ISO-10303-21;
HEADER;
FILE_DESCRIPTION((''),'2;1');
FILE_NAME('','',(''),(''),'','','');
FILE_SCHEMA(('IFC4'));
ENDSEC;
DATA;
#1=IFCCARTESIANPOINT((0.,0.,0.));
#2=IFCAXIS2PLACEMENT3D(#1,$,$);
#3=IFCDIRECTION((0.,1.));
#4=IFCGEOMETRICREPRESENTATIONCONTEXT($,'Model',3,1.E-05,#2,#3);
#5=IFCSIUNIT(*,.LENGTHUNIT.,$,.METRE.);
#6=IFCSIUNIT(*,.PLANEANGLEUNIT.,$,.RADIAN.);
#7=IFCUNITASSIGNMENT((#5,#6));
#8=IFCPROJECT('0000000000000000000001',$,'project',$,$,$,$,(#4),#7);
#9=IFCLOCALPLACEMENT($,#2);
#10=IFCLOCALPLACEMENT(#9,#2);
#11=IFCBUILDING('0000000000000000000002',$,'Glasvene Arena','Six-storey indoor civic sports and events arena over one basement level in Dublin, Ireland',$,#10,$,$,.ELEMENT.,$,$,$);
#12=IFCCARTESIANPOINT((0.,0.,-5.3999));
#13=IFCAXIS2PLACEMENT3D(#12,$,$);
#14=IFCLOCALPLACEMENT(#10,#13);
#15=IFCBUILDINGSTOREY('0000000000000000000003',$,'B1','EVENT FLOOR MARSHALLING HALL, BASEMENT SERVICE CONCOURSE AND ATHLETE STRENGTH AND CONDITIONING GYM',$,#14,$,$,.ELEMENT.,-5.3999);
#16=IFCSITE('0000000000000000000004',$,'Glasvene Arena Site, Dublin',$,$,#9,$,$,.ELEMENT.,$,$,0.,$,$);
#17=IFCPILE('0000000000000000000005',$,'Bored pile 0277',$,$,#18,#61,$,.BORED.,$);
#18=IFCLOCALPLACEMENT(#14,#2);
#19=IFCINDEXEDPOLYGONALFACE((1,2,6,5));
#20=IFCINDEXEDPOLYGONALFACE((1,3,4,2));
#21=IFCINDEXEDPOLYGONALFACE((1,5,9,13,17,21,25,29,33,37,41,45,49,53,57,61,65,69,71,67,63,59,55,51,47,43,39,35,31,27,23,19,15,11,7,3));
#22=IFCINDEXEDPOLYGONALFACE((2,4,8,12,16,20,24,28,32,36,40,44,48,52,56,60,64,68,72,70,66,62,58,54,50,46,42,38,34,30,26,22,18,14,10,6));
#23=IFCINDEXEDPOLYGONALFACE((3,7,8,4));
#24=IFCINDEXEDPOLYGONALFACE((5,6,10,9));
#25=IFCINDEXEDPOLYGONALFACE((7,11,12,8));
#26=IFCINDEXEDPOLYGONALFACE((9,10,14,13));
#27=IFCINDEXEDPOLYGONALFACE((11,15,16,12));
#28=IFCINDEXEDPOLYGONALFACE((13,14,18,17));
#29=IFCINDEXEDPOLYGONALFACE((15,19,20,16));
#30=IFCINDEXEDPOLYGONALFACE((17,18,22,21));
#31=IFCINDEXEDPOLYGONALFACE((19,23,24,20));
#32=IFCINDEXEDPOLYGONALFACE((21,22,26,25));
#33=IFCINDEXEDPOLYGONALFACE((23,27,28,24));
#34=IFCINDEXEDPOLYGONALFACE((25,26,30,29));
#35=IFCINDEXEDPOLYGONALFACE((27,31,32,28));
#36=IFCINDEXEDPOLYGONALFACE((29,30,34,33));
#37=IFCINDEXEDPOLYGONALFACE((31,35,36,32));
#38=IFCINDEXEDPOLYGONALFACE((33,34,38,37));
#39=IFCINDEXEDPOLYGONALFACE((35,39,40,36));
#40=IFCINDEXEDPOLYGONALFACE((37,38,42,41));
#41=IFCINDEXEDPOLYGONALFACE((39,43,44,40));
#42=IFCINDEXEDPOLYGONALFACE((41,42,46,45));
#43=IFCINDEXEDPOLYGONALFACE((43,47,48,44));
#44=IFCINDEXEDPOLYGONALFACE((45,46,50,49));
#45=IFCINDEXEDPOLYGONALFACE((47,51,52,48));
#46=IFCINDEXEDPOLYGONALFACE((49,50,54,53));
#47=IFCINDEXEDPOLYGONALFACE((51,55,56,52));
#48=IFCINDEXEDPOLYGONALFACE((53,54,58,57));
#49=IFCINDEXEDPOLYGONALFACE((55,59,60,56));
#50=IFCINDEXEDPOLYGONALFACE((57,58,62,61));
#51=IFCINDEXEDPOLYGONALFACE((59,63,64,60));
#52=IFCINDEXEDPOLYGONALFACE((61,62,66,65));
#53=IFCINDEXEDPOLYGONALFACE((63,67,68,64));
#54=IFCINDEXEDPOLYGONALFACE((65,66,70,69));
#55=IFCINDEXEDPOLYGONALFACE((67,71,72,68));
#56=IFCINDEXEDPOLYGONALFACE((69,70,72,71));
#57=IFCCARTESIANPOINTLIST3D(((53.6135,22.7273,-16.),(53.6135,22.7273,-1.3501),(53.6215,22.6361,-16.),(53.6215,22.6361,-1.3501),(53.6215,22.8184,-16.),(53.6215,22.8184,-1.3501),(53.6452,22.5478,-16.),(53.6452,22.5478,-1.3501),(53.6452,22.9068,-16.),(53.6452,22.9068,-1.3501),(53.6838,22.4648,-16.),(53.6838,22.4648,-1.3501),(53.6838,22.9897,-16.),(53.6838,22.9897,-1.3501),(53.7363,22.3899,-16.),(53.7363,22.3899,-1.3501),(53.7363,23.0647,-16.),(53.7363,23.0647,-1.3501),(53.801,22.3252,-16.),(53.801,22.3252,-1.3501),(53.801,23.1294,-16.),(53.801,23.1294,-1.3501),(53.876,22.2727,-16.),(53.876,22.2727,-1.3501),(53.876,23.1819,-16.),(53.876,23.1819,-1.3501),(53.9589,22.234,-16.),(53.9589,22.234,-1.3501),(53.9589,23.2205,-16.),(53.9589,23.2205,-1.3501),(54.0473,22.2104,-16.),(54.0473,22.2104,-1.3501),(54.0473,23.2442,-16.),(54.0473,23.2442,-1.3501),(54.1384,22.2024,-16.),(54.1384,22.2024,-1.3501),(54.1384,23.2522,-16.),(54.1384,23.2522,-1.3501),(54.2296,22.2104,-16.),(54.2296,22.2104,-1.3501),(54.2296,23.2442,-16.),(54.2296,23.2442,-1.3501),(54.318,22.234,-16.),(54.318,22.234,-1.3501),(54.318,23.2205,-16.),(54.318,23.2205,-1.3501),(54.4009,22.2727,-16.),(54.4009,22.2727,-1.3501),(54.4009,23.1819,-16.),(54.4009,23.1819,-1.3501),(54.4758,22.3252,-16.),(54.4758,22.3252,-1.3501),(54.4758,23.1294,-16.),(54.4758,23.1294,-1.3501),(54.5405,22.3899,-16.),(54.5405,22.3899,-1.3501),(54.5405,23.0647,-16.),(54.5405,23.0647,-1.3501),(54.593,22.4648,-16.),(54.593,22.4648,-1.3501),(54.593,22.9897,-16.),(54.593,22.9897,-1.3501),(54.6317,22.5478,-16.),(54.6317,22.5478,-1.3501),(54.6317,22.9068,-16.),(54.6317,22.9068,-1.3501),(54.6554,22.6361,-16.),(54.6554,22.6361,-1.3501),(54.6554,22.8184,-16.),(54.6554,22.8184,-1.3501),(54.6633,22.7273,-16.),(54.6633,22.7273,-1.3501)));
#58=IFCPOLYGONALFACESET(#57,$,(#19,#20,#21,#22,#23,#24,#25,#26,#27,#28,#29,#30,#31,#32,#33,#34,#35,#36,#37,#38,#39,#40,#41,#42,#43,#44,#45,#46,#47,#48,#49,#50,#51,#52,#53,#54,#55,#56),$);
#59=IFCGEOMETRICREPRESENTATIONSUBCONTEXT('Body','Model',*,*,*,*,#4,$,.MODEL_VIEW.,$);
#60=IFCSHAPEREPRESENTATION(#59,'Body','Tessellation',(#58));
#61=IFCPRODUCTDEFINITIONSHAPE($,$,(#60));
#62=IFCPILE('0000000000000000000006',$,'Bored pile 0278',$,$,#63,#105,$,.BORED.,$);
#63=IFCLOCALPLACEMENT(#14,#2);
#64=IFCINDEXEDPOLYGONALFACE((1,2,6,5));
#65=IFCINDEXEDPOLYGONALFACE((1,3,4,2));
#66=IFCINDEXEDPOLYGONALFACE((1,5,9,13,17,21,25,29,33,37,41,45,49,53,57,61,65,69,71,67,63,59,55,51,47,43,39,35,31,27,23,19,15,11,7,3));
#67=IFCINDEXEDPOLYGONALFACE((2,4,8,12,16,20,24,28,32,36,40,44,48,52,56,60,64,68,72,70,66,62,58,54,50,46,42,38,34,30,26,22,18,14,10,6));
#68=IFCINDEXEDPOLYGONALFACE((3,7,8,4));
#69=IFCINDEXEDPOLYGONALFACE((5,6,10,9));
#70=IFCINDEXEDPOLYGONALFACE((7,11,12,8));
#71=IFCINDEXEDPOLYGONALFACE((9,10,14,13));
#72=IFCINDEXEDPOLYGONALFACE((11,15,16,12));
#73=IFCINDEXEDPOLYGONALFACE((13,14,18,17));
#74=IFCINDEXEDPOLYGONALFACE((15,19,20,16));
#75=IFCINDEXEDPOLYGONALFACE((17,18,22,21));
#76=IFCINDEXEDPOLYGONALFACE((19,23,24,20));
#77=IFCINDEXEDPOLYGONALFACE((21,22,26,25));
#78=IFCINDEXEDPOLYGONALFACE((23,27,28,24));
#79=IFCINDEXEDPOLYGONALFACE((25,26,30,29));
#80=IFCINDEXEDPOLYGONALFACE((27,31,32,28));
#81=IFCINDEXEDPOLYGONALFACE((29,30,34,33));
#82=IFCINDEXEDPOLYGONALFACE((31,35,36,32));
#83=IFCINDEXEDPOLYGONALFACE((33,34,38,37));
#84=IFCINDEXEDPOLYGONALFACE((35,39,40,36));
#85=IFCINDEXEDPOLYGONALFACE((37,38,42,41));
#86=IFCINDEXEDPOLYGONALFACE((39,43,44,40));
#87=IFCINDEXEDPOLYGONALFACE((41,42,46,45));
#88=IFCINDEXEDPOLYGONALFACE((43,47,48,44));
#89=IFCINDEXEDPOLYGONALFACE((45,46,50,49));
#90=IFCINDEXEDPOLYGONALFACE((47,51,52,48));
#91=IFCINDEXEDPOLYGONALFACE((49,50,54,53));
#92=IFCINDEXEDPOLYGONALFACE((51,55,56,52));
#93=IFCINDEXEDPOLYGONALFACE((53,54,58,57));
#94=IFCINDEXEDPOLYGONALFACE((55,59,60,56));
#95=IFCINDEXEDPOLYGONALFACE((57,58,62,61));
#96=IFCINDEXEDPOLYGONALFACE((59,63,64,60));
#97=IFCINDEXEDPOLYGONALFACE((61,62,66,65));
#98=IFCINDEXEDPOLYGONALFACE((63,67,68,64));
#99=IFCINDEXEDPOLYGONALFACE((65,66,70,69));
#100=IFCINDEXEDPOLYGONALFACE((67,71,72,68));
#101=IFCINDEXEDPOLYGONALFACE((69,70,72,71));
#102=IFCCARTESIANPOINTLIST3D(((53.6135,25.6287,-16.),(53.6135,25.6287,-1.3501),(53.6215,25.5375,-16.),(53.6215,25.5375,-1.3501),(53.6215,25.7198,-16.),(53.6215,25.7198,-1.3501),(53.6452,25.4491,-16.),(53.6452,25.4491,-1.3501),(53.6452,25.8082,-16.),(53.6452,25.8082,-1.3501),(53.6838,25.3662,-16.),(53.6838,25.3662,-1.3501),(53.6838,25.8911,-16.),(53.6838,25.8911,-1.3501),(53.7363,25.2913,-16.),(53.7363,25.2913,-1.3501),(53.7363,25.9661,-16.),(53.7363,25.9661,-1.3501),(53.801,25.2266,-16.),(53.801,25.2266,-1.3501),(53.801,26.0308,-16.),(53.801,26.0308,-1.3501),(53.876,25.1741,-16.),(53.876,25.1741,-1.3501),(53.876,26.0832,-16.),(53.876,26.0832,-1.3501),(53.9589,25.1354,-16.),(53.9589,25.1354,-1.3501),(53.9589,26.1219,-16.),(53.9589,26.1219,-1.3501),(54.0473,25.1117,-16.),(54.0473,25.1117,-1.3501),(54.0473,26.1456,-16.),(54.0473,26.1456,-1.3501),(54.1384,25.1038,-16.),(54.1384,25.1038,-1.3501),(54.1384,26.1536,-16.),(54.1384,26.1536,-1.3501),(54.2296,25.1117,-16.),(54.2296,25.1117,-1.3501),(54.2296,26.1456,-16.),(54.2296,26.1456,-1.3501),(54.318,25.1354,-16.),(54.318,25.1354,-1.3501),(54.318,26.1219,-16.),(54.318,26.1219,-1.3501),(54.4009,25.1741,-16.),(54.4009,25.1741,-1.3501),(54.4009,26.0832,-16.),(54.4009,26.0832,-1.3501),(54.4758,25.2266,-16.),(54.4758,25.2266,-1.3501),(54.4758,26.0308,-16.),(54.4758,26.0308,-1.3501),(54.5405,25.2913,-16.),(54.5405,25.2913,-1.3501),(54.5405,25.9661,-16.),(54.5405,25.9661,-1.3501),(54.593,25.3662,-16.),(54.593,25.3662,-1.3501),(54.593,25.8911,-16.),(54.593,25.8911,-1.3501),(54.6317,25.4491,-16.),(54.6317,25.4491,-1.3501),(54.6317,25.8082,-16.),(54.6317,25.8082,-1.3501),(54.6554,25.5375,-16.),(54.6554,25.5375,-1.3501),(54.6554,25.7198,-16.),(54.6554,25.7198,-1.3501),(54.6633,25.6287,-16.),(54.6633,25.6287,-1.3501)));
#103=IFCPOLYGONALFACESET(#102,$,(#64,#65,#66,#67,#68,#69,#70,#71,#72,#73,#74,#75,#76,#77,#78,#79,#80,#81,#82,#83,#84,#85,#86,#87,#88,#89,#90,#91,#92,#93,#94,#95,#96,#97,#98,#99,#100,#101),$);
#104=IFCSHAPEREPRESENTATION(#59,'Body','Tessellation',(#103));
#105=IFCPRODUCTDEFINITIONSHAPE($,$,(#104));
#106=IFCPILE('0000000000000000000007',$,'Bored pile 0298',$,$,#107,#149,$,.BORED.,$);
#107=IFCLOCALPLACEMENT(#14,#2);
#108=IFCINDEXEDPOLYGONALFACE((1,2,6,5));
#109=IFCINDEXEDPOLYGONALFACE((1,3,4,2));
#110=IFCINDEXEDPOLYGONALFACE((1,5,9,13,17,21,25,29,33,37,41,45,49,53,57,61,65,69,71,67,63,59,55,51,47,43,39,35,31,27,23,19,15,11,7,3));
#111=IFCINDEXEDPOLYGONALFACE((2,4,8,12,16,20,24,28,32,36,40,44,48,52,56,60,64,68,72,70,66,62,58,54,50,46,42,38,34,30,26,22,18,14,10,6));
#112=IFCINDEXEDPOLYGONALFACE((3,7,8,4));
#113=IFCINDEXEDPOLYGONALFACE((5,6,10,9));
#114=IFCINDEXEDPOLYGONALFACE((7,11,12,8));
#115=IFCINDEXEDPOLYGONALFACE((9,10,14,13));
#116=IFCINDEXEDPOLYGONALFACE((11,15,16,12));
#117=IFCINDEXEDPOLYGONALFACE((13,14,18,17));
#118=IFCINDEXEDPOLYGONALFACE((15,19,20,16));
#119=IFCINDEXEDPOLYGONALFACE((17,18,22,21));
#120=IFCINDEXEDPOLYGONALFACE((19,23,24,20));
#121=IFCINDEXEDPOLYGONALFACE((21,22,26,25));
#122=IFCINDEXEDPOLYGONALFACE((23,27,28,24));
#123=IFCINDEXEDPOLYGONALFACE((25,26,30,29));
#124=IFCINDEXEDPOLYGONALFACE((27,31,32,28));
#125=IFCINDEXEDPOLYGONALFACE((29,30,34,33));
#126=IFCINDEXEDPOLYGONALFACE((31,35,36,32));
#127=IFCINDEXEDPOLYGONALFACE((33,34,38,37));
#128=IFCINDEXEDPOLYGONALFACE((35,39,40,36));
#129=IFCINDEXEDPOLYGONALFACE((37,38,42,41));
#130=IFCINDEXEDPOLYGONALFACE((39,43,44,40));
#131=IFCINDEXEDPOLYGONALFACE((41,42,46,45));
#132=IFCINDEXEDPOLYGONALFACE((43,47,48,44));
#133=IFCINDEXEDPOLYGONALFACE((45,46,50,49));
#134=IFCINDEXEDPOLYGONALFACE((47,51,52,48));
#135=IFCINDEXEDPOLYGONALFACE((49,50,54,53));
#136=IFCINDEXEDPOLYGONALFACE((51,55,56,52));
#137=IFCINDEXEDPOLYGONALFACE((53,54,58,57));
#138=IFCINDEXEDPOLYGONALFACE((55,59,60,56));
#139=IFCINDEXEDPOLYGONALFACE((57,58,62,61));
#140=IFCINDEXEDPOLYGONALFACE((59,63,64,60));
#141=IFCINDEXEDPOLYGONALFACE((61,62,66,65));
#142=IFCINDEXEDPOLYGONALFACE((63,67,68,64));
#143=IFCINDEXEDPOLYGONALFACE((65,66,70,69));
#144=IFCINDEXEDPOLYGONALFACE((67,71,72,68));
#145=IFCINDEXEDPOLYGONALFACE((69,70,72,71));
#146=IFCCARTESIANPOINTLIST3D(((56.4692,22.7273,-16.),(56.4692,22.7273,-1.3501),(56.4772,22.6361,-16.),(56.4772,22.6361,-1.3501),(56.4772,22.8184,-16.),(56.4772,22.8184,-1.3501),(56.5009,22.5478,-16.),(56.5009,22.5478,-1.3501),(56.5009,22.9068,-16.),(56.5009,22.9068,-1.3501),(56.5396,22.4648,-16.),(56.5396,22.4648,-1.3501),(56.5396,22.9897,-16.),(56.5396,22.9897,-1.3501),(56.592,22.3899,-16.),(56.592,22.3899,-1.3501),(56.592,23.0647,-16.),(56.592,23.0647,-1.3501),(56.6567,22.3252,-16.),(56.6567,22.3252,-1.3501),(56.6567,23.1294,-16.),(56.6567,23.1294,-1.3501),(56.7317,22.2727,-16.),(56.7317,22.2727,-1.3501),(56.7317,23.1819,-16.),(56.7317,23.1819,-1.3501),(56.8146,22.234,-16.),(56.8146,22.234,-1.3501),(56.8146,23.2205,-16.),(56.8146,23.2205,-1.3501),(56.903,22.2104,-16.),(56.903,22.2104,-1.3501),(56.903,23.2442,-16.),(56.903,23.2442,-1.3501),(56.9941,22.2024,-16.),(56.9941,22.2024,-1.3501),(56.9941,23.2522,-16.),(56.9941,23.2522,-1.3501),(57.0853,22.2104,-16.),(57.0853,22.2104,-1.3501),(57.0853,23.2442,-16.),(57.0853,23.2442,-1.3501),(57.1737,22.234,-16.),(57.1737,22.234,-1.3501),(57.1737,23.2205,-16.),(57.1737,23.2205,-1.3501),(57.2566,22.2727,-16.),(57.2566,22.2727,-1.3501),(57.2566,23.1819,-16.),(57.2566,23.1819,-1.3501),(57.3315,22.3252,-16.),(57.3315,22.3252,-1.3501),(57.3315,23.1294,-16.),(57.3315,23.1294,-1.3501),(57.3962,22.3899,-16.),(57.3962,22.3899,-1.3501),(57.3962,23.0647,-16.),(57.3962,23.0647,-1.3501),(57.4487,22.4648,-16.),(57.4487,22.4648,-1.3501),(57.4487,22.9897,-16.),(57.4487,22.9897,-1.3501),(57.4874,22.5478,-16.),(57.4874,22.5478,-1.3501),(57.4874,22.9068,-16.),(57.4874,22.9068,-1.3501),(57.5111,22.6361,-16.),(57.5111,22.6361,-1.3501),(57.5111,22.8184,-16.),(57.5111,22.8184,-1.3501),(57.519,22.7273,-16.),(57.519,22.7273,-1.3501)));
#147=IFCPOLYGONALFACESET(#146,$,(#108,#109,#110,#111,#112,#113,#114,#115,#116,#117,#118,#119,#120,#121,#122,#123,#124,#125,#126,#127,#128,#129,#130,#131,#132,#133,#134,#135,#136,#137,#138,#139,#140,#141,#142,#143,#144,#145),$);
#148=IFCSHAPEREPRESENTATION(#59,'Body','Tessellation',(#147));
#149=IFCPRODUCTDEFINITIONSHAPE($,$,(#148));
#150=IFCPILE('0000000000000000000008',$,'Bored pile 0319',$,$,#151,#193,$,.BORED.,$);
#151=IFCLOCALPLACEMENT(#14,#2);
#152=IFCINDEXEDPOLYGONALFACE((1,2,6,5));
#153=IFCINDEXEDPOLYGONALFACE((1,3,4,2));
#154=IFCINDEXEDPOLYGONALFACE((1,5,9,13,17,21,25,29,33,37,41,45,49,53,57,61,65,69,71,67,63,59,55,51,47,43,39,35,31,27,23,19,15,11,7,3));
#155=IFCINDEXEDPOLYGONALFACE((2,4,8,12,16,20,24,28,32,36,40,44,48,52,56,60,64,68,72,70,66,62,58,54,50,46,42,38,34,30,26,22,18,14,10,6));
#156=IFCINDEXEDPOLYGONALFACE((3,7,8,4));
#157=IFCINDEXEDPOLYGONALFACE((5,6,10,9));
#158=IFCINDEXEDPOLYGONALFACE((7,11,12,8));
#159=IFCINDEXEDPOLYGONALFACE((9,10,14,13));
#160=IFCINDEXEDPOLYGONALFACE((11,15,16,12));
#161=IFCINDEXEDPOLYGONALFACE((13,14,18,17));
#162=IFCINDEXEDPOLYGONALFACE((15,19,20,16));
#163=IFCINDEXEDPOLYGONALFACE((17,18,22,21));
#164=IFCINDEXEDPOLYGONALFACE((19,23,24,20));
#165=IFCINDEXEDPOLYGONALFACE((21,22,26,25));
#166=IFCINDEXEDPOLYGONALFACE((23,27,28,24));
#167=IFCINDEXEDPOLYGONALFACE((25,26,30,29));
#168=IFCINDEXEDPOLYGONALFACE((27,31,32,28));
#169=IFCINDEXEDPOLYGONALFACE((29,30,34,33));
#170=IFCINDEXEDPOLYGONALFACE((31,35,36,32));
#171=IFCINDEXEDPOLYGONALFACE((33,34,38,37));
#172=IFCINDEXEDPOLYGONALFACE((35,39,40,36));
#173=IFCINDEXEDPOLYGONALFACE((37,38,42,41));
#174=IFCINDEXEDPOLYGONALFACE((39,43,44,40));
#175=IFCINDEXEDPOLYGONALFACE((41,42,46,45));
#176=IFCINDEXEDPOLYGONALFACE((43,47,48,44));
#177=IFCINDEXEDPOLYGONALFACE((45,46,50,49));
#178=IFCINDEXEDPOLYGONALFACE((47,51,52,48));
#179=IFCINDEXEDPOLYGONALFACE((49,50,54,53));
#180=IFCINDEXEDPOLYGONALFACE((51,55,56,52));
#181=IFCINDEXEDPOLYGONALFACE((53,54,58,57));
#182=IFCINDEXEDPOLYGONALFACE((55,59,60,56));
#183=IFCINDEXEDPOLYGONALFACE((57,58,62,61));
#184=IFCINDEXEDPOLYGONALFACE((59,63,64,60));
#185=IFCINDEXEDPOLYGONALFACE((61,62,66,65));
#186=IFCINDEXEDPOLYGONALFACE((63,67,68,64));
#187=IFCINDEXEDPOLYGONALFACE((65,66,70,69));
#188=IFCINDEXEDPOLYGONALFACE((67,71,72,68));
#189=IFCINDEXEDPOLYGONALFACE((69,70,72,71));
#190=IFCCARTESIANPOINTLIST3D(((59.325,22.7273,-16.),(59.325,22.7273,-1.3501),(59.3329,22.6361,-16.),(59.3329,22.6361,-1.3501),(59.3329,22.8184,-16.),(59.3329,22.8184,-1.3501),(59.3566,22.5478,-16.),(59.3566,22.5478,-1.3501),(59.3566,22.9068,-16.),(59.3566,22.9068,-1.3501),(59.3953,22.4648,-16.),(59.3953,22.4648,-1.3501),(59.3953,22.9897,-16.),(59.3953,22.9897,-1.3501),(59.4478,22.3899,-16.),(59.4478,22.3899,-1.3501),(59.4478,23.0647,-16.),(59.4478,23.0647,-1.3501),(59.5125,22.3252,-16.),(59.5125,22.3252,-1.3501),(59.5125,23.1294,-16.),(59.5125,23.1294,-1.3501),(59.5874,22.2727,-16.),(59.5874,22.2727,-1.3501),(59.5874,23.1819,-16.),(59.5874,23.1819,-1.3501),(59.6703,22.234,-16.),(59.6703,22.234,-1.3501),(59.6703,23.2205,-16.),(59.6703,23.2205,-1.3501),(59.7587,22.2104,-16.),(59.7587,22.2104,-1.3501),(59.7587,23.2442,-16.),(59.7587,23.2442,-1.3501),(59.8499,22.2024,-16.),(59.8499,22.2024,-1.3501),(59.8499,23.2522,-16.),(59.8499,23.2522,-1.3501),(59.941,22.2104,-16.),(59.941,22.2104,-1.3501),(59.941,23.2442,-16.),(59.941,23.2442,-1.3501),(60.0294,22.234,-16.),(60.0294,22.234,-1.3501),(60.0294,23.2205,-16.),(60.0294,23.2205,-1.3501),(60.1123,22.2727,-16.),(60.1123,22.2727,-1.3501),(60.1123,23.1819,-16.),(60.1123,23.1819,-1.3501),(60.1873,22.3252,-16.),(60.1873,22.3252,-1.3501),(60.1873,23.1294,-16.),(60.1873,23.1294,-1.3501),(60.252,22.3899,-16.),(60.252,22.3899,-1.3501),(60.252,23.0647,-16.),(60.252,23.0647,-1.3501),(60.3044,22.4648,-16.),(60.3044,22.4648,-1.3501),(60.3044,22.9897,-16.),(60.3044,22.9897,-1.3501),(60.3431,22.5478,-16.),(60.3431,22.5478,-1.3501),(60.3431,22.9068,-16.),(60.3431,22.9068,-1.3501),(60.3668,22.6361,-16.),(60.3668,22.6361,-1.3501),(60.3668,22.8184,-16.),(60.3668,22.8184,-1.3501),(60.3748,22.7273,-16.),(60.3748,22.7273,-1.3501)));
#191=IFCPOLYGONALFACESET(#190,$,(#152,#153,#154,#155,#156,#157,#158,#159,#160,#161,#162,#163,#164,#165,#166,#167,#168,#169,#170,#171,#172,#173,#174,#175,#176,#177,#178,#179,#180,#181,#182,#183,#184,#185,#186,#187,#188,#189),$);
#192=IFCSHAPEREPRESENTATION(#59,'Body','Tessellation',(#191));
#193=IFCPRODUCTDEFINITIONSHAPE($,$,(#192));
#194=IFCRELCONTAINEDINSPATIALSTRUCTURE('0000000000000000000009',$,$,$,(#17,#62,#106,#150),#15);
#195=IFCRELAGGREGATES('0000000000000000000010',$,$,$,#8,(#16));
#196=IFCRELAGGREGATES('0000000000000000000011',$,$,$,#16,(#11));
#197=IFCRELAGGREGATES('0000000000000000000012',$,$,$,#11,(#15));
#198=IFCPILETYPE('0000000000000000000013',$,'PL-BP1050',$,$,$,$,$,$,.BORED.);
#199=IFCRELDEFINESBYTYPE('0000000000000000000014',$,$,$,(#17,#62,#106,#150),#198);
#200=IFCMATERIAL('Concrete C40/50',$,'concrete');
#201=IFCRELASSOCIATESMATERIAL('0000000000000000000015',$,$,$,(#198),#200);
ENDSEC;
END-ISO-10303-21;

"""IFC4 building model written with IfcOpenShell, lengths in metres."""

from ifc_helpers import new_model, si_unit, direction, frame, origin, origin_2d, place, context, subcontext, project, spatial, circle, extrude, material, material_profile, profile_set, type_object, element, save


model = new_model("IFC4")

# Units and contexts
model_context = context("Model", 3, precision=1e-05, world=origin(), true_north=direction((0.0, 1.0)))
body_context = subcontext(model_context, "Body", "Model", "MODEL_VIEW")
ifc_project = project(units=[si_unit("LENGTHUNIT", "METRE"), si_unit("PLANEANGLEUNIT", "RADIAN")], contexts=[model_context])

# Site, building, storey
site_placement = place(None, origin())
site = spatial("IfcSite", under=ifc_project, at=site_placement, Name="Glasvene Arena Site, Dublin", CompositionType="ELEMENT", RefElevation=0.0)
building_placement = place(site_placement, origin())
building = spatial("IfcBuilding", under=site, at=building_placement, Name="Glasvene Arena", Description="Six-storey indoor civic sports and events arena over one basement level in Dublin, Ireland", CompositionType="ELEMENT")
storey_placement = place(building_placement, frame((0.0, 0.0, -5.3999)))
storey = spatial("IfcBuildingStorey", under=building, at=storey_placement, Name="B1", Description="EVENT FLOOR MARSHALLING HALL, BASEMENT SERVICE CONCOURSE AND ATHLETE STRENGTH AND CONDITIONING GYM", CompositionType="ELEMENT", Elevation=-5.3999)

# Piles
ifc_material_1 = material(Name="Concrete C40/50", Category="concrete")
ifc_material_profile_1 = material_profile(ifc_material_1, circle(Radius=0.5249, at=origin_2d()), Name="BORED PILE 1050")
ifc_profile_set_1 = profile_set([ifc_material_profile_1], Name="Concrete C40/50")
pile_type = type_object("IfcPileType", Name="PL-BP1050", PredefinedType="BORED", material=ifc_profile_set_1)
for number, where, z_axis, x_axis, name in (
    (1, (54.1384, 22.7273, -1.3501), (0.0, 0.0, -1.0), (1.0, 0.0, 0.0), "Bored pile 0277"),
    (2, (54.1384, 25.6287, -1.3501), (0.0, 0.0, -1.0), (1.0, 0.0, 0.0), "Bored pile 0278"),
    (3, (56.9941, 22.7273, -1.3501), (0.0, 0.0, -1.0), (1.0, 0.0, 0.0), "Bored pile 0298"),
    (4, (59.8499, 22.7273, -1.3501), (0.0, 0.0, -1.0), (1.0, 0.0, 0.0), "Bored pile 0319"),
):
    element("IfcPile", number, at=place(storey_placement, frame(where, z_axis=z_axis, x_axis=x_axis)), inside=storey, type_object=pile_type, Name=name, PredefinedType="BORED", context=body_context, shape_type="SweptSolid", body=[
        extrude(circle(Radius=0.5249, at=origin_2d()), origin(), (0.0, 0.0, 1.0), 14.6499),
    ])

save(model, "model.ifc")
